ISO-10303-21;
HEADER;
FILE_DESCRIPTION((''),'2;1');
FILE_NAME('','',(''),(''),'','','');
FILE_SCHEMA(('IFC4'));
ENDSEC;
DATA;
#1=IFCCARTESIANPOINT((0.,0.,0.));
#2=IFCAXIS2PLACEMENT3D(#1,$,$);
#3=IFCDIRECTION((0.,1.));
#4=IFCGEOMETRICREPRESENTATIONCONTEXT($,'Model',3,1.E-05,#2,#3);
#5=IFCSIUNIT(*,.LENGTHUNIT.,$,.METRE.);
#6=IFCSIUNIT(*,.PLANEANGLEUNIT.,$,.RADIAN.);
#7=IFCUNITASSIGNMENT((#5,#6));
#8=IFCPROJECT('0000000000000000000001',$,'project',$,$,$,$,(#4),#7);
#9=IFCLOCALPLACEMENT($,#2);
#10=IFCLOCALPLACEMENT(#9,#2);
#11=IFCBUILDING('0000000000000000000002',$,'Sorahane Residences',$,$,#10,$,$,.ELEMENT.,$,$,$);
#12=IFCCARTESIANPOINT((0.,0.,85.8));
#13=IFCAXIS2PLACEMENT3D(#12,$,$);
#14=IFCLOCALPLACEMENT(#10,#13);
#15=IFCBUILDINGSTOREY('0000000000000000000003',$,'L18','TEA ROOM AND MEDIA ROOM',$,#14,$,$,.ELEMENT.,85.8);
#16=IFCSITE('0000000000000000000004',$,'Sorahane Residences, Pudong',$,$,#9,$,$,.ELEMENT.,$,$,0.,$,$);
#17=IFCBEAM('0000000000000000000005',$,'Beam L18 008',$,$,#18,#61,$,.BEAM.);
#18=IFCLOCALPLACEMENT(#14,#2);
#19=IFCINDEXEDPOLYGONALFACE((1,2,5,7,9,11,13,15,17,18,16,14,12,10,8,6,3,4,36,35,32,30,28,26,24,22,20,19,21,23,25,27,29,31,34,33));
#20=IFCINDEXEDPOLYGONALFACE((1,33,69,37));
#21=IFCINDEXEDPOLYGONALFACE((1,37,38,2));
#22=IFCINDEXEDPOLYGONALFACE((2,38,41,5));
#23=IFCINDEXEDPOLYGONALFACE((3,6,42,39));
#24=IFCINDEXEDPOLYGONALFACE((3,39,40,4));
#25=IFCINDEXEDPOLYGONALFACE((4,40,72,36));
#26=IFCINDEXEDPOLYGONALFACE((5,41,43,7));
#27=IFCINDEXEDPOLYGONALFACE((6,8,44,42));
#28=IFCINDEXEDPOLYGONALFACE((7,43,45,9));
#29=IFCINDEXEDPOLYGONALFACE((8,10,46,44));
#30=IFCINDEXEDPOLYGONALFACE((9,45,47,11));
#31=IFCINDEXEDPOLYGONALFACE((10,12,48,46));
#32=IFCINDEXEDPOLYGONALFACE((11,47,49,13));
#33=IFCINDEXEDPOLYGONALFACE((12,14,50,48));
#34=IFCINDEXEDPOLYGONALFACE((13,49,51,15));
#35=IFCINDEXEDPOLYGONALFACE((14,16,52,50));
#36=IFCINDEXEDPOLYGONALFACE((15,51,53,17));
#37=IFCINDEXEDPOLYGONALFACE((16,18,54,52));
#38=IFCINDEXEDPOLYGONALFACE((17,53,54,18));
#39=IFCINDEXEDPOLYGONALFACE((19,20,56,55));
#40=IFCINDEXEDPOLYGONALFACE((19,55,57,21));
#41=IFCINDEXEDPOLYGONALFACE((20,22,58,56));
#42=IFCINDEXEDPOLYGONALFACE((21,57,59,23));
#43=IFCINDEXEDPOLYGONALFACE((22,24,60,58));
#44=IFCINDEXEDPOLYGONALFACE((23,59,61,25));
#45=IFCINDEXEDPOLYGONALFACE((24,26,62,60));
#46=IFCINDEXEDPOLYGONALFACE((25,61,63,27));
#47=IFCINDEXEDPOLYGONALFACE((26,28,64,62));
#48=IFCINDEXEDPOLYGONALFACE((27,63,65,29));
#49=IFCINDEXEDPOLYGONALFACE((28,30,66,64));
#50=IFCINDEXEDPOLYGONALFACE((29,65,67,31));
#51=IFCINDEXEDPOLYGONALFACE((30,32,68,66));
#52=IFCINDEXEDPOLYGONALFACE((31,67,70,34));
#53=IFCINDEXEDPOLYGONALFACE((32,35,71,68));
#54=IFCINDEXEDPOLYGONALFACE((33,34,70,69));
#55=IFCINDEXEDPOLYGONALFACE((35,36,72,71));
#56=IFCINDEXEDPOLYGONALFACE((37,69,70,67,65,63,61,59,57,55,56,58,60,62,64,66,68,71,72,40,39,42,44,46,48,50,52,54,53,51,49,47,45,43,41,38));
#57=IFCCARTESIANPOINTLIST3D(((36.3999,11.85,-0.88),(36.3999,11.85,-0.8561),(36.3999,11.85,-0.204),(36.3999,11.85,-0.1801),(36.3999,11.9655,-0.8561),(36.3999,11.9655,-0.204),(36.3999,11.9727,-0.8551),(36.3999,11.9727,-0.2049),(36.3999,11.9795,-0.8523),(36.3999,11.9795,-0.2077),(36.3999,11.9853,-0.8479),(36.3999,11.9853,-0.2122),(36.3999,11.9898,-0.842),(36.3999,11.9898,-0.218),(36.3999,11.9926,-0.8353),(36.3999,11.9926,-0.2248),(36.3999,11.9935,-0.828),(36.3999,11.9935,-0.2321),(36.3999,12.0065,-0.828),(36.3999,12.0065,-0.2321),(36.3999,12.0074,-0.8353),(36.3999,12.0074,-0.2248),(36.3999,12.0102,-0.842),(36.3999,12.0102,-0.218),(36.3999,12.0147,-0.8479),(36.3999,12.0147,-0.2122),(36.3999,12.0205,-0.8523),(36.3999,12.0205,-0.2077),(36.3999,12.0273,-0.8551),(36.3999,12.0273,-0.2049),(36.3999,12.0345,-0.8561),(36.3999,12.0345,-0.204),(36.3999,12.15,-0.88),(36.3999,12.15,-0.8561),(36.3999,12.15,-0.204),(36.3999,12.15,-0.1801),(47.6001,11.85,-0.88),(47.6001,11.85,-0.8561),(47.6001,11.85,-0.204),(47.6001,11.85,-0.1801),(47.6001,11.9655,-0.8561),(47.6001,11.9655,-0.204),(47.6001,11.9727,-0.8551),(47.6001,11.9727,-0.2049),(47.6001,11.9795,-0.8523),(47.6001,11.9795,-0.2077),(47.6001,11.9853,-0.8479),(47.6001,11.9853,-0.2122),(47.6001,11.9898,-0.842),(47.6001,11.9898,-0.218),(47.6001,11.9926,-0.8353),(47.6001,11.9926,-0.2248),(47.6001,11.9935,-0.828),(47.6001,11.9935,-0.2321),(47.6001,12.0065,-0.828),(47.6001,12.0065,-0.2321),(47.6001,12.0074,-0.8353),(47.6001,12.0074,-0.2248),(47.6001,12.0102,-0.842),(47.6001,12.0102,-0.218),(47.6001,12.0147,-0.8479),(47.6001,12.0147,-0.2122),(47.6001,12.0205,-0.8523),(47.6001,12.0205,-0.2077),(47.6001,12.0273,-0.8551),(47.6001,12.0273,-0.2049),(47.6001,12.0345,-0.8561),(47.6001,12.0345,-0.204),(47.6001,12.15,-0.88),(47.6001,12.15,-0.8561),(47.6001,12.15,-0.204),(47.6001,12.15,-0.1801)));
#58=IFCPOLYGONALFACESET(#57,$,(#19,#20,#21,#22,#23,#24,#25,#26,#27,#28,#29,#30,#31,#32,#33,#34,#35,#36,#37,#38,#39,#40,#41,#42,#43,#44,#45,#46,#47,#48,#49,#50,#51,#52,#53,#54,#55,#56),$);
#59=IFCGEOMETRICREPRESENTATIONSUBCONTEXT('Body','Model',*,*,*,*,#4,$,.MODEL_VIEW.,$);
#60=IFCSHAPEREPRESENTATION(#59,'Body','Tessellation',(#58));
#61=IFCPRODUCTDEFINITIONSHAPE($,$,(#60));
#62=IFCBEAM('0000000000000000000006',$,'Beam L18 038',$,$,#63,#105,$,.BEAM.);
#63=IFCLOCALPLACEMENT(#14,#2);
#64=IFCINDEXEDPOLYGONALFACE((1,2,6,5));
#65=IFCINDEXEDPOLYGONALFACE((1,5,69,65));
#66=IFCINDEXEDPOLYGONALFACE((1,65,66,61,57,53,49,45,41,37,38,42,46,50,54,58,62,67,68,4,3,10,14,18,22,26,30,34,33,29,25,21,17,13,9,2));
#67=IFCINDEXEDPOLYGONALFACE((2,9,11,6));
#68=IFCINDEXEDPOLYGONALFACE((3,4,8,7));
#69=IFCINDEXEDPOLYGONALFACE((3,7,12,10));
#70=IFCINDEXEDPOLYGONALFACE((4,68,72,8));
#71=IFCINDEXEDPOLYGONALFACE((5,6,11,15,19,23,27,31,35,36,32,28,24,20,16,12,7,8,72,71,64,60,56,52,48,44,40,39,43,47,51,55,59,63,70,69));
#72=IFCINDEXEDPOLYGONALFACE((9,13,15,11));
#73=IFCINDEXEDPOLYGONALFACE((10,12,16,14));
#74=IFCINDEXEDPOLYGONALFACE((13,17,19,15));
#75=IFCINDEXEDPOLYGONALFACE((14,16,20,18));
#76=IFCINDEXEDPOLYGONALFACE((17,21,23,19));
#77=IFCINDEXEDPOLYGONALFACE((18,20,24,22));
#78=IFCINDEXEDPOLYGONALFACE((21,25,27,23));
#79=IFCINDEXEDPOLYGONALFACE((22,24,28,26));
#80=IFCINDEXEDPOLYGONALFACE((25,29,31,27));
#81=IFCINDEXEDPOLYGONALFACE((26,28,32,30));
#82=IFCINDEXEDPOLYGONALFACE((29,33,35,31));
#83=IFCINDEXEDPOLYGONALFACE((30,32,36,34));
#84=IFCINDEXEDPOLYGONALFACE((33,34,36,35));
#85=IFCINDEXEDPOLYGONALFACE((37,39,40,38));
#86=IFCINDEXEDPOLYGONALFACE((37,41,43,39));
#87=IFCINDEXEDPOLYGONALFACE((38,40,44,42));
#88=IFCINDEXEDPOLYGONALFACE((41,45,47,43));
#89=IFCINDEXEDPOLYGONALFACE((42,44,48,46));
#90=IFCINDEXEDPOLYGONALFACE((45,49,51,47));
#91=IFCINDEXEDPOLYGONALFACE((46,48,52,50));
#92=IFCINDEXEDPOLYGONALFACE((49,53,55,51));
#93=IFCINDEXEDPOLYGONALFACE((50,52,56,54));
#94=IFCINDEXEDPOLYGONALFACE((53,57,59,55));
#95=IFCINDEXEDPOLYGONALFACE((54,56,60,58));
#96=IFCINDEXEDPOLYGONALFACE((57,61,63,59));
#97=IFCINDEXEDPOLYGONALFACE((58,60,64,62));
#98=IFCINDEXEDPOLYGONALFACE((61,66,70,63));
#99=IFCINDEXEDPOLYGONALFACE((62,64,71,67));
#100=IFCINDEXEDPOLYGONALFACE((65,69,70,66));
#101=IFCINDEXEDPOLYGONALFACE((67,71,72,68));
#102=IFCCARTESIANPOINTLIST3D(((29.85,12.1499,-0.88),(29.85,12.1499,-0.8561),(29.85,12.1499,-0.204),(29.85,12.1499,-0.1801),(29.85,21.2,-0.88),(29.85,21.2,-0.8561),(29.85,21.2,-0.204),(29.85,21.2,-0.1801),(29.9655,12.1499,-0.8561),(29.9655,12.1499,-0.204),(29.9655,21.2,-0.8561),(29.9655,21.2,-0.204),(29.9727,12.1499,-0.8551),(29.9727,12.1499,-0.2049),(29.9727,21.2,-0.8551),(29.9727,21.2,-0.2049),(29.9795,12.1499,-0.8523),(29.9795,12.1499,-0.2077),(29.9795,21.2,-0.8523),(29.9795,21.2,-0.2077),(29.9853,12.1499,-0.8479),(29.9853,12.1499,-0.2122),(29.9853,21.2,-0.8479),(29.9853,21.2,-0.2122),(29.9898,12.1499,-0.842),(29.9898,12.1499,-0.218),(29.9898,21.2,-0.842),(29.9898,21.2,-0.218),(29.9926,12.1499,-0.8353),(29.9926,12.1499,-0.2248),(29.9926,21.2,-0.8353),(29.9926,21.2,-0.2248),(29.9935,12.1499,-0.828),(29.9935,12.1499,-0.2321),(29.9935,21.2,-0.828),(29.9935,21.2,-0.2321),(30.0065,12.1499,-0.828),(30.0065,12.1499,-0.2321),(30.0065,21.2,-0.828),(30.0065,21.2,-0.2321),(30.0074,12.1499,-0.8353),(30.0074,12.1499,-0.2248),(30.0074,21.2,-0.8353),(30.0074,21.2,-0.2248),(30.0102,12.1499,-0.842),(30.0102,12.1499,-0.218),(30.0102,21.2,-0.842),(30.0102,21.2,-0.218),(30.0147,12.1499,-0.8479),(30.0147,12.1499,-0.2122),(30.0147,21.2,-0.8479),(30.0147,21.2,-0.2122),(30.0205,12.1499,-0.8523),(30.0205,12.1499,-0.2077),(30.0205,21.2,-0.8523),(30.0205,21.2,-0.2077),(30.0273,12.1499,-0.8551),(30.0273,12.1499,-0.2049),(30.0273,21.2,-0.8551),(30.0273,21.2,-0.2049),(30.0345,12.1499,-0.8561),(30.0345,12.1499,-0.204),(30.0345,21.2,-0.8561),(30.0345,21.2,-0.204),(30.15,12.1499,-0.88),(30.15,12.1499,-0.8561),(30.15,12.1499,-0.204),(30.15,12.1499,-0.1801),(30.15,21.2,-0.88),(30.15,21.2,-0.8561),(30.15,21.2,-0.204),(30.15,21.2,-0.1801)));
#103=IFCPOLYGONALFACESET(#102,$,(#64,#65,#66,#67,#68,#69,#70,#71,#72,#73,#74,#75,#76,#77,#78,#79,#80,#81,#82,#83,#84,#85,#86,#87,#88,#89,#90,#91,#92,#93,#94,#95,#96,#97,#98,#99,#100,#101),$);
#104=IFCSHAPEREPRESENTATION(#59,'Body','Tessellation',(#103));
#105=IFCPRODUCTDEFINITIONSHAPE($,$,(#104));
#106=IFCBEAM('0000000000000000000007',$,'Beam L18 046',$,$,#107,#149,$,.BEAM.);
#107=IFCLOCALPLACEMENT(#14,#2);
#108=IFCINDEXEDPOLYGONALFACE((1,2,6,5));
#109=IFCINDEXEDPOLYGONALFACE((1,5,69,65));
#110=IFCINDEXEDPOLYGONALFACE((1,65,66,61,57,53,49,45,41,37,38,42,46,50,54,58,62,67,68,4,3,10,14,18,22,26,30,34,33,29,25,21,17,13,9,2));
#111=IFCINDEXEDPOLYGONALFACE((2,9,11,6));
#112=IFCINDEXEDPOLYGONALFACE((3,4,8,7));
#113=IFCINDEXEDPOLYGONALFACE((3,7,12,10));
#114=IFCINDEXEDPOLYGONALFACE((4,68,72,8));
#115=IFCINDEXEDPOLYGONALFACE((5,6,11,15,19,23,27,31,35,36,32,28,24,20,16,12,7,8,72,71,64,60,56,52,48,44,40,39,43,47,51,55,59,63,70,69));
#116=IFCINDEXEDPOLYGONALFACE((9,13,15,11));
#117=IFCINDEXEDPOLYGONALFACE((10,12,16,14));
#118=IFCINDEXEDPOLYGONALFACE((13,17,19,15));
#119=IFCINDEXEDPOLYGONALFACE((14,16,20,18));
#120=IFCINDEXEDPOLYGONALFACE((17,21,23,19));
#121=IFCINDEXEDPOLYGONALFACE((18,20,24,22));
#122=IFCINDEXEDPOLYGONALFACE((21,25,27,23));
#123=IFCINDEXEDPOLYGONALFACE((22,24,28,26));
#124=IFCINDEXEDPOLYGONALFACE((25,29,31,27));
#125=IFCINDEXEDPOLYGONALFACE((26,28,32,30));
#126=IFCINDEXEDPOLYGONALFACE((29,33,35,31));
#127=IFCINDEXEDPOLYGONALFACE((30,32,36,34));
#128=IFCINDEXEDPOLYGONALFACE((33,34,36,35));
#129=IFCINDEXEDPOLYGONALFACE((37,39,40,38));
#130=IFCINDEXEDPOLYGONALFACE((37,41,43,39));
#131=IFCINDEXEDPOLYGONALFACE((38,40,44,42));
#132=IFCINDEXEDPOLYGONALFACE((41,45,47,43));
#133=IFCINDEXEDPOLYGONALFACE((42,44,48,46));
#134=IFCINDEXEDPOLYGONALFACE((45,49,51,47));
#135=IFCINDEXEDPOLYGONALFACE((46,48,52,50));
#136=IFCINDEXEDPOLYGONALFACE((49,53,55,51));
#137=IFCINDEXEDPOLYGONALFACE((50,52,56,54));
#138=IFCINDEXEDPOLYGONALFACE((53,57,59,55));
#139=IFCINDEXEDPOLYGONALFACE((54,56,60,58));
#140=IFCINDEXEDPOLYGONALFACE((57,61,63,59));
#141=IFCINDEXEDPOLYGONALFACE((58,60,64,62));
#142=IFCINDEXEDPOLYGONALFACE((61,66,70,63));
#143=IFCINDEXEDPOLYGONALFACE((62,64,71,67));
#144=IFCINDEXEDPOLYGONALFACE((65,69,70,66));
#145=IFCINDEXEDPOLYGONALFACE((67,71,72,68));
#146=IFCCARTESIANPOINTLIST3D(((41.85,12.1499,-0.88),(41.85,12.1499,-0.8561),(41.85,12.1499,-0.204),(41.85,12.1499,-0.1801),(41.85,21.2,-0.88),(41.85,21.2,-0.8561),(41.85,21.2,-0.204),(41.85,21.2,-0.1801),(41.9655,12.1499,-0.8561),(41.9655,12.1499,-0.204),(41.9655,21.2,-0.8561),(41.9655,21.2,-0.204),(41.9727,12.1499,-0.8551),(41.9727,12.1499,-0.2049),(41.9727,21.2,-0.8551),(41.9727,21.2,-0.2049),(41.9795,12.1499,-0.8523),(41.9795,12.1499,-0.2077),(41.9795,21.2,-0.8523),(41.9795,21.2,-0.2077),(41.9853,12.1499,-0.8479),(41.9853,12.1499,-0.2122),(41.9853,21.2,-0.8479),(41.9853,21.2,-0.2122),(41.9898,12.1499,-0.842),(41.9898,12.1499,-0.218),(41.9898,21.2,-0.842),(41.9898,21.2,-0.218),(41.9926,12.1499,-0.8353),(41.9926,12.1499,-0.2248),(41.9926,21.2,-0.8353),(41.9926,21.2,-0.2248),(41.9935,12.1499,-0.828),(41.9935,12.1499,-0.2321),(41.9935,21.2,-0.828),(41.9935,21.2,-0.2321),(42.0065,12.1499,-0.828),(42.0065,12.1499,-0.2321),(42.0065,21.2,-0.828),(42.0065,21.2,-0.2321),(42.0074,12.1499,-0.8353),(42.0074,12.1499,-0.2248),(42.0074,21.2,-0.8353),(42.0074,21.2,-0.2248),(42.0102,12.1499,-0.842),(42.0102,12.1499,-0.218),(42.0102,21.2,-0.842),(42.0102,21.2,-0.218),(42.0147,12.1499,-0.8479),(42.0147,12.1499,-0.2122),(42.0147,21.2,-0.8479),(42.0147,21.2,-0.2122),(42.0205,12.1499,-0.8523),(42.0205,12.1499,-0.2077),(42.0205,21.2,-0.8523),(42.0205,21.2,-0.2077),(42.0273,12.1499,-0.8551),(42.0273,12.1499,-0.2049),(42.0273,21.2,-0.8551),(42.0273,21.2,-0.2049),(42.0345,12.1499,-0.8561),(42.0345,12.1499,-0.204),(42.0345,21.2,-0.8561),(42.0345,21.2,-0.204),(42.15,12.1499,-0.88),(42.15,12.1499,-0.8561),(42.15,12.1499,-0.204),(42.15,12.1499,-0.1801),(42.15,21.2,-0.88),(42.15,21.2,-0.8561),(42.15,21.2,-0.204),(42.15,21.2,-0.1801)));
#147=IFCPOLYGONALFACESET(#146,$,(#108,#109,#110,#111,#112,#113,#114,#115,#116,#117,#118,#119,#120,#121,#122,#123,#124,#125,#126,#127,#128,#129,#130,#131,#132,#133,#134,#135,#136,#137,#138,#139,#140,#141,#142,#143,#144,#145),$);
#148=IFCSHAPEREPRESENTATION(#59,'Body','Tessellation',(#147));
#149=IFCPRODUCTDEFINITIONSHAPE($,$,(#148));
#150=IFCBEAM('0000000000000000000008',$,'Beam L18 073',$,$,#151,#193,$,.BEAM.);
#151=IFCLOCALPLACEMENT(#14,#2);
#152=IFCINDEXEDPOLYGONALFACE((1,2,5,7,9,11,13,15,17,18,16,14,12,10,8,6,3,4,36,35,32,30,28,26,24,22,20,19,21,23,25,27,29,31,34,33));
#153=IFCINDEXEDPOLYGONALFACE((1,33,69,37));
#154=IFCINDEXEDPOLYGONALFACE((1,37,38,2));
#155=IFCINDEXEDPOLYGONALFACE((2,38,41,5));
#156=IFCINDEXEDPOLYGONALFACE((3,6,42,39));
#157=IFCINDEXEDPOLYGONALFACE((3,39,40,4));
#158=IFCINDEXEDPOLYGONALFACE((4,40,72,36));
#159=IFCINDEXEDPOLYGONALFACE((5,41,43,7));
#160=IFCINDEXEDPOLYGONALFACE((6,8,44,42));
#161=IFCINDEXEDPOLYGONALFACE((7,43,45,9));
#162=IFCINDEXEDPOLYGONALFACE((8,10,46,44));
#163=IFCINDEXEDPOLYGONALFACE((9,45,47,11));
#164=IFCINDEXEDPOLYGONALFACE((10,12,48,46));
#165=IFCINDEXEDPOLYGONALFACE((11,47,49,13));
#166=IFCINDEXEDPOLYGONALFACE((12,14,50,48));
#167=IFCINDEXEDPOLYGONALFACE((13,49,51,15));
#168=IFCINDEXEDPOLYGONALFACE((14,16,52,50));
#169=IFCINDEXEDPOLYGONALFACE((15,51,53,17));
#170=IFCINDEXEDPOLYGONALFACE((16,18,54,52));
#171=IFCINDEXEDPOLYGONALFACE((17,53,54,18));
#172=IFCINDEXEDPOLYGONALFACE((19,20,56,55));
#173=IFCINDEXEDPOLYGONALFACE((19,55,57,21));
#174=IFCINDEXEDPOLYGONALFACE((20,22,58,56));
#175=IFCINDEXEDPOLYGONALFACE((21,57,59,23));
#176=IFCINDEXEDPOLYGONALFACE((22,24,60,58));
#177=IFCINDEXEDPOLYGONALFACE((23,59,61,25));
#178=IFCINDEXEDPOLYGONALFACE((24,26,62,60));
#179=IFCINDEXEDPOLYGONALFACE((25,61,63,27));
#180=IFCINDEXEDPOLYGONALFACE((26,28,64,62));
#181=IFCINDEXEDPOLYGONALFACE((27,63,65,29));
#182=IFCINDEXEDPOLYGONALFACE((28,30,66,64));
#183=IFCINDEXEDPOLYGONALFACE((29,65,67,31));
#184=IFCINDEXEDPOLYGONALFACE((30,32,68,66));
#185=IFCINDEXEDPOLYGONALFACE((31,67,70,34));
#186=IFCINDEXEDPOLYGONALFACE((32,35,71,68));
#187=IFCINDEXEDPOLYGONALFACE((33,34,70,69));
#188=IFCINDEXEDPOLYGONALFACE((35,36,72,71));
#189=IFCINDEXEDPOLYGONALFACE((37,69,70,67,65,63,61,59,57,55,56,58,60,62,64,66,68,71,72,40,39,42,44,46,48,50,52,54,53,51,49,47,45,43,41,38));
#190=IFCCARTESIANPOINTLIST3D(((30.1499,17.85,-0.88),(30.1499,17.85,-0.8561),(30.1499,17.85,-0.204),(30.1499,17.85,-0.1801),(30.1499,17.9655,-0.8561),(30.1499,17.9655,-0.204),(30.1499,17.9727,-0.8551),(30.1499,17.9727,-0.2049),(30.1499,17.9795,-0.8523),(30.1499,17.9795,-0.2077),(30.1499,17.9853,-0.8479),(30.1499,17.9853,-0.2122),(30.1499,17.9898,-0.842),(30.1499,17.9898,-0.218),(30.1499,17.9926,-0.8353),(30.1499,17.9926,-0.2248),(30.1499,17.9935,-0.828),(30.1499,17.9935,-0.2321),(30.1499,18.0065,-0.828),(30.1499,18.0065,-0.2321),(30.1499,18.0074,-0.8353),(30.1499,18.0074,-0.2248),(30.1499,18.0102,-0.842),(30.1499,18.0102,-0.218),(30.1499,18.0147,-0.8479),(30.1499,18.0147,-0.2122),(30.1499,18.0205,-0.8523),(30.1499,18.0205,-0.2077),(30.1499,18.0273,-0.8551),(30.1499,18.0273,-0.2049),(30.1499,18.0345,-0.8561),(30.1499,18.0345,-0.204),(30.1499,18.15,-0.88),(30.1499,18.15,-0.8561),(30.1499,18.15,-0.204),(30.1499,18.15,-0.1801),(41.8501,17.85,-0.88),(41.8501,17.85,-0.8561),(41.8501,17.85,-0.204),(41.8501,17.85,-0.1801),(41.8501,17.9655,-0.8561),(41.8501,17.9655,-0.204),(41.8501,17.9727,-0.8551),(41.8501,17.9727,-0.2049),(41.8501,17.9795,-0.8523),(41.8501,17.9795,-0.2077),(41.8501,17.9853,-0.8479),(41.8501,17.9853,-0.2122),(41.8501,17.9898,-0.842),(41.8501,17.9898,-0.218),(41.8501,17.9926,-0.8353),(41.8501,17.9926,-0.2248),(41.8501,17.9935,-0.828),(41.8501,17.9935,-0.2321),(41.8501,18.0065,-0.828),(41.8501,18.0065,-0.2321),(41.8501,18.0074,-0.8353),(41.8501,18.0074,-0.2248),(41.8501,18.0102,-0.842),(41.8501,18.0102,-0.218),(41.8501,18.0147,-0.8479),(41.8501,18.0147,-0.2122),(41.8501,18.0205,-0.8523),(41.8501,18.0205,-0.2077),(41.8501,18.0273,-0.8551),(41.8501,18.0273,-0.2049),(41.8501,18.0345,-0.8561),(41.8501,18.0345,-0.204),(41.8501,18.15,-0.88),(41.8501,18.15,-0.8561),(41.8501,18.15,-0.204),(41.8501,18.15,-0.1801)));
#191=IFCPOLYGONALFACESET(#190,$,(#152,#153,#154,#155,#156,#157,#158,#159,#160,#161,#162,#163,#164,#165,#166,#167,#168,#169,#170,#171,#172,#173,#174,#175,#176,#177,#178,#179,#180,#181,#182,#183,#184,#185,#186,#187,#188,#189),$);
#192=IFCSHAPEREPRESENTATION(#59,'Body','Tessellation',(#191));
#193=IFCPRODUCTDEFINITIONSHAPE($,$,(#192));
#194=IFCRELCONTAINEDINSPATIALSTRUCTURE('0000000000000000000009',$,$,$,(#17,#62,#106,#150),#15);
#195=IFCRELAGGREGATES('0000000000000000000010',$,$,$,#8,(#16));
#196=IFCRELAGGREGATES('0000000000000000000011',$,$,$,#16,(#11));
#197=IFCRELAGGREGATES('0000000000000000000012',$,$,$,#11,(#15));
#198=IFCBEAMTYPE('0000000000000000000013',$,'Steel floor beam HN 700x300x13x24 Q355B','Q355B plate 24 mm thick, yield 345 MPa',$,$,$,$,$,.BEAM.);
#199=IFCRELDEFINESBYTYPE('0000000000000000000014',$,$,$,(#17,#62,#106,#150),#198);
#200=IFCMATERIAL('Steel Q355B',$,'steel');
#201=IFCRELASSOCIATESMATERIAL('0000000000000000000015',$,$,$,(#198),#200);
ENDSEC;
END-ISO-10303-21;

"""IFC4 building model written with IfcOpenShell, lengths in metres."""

from ifc_helpers import new_model, si_unit, direction, frame, origin, origin_2d, place, context, subcontext, project, spatial, i_section, extrude, material, material_profile, profile_set, type_object, element, save


model = new_model("IFC4")

# Units and contexts
model_context = context("Model", 3, precision=1e-05, world=origin(), true_north=direction((0.0, 1.0)))
body_context = subcontext(model_context, "Body", "Model", "MODEL_VIEW")
ifc_project = project(units=[si_unit("LENGTHUNIT", "METRE"), si_unit("PLANEANGLEUNIT", "RADIAN")], contexts=[model_context])

# Site, building, storey
site_placement = place(None, origin())
site = spatial("IfcSite", under=ifc_project, at=site_placement, Name="Sorahane Residences, Pudong", CompositionType="ELEMENT", RefElevation=0.0)
building_placement = place(site_placement, origin())
building = spatial("IfcBuilding", under=site, at=building_placement, Name="Sorahane Residences", CompositionType="ELEMENT")
storey_placement = place(building_placement, frame((0.0, 0.0, 85.8)))
storey = spatial("IfcBuildingStorey", under=building, at=storey_placement, Name="L18", Description="TEA ROOM AND MEDIA ROOM", CompositionType="ELEMENT", Elevation=85.8)

# Beams
ifc_material_1 = material(Name="Steel Q355B", Category="steel")
ifc_material_profile_1 = material_profile(ifc_material_1, i_section(OverallWidth=0.3, OverallDepth=0.7, WebThickness=0.0129, FlangeThickness=0.0239, FilletRadius=0.0281, at=origin_2d()), Name="HN 700x300x13x24")
ifc_profile_set_1 = profile_set([ifc_material_profile_1], Name="Steel Q355B")
beam_type_1 = type_object("IfcBeamType", Name="Steel floor beam HN 700x300x13x24 Q355B", Description="Q355B plate 24 mm thick, yield 345 MPa", PredefinedType="BEAM", material=ifc_profile_set_1)
beam_1_placement = place(storey_placement, frame((36.3999, 12.0, -0.53), z_axis=(1.0, 0.0, 0.0), x_axis=(0.0, 1.0, 0.0)))
element("IfcBeam", 1, at=beam_1_placement, inside=storey, type_object=beam_type_1, Name="Beam L18 008", PredefinedType="BEAM", context=body_context, shape_type="SweptSolid", body=[
    extrude(i_section(OverallWidth=0.3, OverallDepth=0.7, WebThickness=0.0129, FlangeThickness=0.0239, FilletRadius=0.0281, at=origin_2d()), origin(), (0.0, 0.0, 1.0), 11.2002),
])
for number, where, z_axis, x_axis, name in (
    (2, (30.0, 12.1499, -0.53), (0.0, 1.0, 0.0), (-1.0, 0.0, 0.0), "Beam L18 038"),
    (3, (42.0, 12.1499, -0.53), (0.0, 1.0, 0.0), (-1.0, 0.0, 0.0), "Beam L18 046"),
):
    element("IfcBeam", number, at=place(storey_placement, frame(where, z_axis=z_axis, x_axis=x_axis)), inside=storey, type_object=beam_type_1, Name=name, PredefinedType="BEAM", context=body_context, shape_type="SweptSolid", body=[
        extrude(i_section(OverallWidth=0.3, OverallDepth=0.7, WebThickness=0.0129, FlangeThickness=0.0239, FilletRadius=0.0281, at=origin_2d()), origin(), (0.0, 0.0, 1.0), 9.05),
    ])
beam_2_placement = place(storey_placement, frame((30.1499, 18.0, -0.53), z_axis=(1.0, 0.0, 0.0), x_axis=(0.0, 1.0, 0.0)))
element("IfcBeam", 4, at=beam_2_placement, inside=storey, type_object=beam_type_1, Name="Beam L18 073", PredefinedType="BEAM", context=body_context, shape_type="SweptSolid", body=[
    extrude(i_section(OverallWidth=0.3, OverallDepth=0.7, WebThickness=0.0129, FlangeThickness=0.0239, FilletRadius=0.0281, at=origin_2d()), origin(), (0.0, 0.0, 1.0), 11.7002),
])

save(model, "model.ifc")
